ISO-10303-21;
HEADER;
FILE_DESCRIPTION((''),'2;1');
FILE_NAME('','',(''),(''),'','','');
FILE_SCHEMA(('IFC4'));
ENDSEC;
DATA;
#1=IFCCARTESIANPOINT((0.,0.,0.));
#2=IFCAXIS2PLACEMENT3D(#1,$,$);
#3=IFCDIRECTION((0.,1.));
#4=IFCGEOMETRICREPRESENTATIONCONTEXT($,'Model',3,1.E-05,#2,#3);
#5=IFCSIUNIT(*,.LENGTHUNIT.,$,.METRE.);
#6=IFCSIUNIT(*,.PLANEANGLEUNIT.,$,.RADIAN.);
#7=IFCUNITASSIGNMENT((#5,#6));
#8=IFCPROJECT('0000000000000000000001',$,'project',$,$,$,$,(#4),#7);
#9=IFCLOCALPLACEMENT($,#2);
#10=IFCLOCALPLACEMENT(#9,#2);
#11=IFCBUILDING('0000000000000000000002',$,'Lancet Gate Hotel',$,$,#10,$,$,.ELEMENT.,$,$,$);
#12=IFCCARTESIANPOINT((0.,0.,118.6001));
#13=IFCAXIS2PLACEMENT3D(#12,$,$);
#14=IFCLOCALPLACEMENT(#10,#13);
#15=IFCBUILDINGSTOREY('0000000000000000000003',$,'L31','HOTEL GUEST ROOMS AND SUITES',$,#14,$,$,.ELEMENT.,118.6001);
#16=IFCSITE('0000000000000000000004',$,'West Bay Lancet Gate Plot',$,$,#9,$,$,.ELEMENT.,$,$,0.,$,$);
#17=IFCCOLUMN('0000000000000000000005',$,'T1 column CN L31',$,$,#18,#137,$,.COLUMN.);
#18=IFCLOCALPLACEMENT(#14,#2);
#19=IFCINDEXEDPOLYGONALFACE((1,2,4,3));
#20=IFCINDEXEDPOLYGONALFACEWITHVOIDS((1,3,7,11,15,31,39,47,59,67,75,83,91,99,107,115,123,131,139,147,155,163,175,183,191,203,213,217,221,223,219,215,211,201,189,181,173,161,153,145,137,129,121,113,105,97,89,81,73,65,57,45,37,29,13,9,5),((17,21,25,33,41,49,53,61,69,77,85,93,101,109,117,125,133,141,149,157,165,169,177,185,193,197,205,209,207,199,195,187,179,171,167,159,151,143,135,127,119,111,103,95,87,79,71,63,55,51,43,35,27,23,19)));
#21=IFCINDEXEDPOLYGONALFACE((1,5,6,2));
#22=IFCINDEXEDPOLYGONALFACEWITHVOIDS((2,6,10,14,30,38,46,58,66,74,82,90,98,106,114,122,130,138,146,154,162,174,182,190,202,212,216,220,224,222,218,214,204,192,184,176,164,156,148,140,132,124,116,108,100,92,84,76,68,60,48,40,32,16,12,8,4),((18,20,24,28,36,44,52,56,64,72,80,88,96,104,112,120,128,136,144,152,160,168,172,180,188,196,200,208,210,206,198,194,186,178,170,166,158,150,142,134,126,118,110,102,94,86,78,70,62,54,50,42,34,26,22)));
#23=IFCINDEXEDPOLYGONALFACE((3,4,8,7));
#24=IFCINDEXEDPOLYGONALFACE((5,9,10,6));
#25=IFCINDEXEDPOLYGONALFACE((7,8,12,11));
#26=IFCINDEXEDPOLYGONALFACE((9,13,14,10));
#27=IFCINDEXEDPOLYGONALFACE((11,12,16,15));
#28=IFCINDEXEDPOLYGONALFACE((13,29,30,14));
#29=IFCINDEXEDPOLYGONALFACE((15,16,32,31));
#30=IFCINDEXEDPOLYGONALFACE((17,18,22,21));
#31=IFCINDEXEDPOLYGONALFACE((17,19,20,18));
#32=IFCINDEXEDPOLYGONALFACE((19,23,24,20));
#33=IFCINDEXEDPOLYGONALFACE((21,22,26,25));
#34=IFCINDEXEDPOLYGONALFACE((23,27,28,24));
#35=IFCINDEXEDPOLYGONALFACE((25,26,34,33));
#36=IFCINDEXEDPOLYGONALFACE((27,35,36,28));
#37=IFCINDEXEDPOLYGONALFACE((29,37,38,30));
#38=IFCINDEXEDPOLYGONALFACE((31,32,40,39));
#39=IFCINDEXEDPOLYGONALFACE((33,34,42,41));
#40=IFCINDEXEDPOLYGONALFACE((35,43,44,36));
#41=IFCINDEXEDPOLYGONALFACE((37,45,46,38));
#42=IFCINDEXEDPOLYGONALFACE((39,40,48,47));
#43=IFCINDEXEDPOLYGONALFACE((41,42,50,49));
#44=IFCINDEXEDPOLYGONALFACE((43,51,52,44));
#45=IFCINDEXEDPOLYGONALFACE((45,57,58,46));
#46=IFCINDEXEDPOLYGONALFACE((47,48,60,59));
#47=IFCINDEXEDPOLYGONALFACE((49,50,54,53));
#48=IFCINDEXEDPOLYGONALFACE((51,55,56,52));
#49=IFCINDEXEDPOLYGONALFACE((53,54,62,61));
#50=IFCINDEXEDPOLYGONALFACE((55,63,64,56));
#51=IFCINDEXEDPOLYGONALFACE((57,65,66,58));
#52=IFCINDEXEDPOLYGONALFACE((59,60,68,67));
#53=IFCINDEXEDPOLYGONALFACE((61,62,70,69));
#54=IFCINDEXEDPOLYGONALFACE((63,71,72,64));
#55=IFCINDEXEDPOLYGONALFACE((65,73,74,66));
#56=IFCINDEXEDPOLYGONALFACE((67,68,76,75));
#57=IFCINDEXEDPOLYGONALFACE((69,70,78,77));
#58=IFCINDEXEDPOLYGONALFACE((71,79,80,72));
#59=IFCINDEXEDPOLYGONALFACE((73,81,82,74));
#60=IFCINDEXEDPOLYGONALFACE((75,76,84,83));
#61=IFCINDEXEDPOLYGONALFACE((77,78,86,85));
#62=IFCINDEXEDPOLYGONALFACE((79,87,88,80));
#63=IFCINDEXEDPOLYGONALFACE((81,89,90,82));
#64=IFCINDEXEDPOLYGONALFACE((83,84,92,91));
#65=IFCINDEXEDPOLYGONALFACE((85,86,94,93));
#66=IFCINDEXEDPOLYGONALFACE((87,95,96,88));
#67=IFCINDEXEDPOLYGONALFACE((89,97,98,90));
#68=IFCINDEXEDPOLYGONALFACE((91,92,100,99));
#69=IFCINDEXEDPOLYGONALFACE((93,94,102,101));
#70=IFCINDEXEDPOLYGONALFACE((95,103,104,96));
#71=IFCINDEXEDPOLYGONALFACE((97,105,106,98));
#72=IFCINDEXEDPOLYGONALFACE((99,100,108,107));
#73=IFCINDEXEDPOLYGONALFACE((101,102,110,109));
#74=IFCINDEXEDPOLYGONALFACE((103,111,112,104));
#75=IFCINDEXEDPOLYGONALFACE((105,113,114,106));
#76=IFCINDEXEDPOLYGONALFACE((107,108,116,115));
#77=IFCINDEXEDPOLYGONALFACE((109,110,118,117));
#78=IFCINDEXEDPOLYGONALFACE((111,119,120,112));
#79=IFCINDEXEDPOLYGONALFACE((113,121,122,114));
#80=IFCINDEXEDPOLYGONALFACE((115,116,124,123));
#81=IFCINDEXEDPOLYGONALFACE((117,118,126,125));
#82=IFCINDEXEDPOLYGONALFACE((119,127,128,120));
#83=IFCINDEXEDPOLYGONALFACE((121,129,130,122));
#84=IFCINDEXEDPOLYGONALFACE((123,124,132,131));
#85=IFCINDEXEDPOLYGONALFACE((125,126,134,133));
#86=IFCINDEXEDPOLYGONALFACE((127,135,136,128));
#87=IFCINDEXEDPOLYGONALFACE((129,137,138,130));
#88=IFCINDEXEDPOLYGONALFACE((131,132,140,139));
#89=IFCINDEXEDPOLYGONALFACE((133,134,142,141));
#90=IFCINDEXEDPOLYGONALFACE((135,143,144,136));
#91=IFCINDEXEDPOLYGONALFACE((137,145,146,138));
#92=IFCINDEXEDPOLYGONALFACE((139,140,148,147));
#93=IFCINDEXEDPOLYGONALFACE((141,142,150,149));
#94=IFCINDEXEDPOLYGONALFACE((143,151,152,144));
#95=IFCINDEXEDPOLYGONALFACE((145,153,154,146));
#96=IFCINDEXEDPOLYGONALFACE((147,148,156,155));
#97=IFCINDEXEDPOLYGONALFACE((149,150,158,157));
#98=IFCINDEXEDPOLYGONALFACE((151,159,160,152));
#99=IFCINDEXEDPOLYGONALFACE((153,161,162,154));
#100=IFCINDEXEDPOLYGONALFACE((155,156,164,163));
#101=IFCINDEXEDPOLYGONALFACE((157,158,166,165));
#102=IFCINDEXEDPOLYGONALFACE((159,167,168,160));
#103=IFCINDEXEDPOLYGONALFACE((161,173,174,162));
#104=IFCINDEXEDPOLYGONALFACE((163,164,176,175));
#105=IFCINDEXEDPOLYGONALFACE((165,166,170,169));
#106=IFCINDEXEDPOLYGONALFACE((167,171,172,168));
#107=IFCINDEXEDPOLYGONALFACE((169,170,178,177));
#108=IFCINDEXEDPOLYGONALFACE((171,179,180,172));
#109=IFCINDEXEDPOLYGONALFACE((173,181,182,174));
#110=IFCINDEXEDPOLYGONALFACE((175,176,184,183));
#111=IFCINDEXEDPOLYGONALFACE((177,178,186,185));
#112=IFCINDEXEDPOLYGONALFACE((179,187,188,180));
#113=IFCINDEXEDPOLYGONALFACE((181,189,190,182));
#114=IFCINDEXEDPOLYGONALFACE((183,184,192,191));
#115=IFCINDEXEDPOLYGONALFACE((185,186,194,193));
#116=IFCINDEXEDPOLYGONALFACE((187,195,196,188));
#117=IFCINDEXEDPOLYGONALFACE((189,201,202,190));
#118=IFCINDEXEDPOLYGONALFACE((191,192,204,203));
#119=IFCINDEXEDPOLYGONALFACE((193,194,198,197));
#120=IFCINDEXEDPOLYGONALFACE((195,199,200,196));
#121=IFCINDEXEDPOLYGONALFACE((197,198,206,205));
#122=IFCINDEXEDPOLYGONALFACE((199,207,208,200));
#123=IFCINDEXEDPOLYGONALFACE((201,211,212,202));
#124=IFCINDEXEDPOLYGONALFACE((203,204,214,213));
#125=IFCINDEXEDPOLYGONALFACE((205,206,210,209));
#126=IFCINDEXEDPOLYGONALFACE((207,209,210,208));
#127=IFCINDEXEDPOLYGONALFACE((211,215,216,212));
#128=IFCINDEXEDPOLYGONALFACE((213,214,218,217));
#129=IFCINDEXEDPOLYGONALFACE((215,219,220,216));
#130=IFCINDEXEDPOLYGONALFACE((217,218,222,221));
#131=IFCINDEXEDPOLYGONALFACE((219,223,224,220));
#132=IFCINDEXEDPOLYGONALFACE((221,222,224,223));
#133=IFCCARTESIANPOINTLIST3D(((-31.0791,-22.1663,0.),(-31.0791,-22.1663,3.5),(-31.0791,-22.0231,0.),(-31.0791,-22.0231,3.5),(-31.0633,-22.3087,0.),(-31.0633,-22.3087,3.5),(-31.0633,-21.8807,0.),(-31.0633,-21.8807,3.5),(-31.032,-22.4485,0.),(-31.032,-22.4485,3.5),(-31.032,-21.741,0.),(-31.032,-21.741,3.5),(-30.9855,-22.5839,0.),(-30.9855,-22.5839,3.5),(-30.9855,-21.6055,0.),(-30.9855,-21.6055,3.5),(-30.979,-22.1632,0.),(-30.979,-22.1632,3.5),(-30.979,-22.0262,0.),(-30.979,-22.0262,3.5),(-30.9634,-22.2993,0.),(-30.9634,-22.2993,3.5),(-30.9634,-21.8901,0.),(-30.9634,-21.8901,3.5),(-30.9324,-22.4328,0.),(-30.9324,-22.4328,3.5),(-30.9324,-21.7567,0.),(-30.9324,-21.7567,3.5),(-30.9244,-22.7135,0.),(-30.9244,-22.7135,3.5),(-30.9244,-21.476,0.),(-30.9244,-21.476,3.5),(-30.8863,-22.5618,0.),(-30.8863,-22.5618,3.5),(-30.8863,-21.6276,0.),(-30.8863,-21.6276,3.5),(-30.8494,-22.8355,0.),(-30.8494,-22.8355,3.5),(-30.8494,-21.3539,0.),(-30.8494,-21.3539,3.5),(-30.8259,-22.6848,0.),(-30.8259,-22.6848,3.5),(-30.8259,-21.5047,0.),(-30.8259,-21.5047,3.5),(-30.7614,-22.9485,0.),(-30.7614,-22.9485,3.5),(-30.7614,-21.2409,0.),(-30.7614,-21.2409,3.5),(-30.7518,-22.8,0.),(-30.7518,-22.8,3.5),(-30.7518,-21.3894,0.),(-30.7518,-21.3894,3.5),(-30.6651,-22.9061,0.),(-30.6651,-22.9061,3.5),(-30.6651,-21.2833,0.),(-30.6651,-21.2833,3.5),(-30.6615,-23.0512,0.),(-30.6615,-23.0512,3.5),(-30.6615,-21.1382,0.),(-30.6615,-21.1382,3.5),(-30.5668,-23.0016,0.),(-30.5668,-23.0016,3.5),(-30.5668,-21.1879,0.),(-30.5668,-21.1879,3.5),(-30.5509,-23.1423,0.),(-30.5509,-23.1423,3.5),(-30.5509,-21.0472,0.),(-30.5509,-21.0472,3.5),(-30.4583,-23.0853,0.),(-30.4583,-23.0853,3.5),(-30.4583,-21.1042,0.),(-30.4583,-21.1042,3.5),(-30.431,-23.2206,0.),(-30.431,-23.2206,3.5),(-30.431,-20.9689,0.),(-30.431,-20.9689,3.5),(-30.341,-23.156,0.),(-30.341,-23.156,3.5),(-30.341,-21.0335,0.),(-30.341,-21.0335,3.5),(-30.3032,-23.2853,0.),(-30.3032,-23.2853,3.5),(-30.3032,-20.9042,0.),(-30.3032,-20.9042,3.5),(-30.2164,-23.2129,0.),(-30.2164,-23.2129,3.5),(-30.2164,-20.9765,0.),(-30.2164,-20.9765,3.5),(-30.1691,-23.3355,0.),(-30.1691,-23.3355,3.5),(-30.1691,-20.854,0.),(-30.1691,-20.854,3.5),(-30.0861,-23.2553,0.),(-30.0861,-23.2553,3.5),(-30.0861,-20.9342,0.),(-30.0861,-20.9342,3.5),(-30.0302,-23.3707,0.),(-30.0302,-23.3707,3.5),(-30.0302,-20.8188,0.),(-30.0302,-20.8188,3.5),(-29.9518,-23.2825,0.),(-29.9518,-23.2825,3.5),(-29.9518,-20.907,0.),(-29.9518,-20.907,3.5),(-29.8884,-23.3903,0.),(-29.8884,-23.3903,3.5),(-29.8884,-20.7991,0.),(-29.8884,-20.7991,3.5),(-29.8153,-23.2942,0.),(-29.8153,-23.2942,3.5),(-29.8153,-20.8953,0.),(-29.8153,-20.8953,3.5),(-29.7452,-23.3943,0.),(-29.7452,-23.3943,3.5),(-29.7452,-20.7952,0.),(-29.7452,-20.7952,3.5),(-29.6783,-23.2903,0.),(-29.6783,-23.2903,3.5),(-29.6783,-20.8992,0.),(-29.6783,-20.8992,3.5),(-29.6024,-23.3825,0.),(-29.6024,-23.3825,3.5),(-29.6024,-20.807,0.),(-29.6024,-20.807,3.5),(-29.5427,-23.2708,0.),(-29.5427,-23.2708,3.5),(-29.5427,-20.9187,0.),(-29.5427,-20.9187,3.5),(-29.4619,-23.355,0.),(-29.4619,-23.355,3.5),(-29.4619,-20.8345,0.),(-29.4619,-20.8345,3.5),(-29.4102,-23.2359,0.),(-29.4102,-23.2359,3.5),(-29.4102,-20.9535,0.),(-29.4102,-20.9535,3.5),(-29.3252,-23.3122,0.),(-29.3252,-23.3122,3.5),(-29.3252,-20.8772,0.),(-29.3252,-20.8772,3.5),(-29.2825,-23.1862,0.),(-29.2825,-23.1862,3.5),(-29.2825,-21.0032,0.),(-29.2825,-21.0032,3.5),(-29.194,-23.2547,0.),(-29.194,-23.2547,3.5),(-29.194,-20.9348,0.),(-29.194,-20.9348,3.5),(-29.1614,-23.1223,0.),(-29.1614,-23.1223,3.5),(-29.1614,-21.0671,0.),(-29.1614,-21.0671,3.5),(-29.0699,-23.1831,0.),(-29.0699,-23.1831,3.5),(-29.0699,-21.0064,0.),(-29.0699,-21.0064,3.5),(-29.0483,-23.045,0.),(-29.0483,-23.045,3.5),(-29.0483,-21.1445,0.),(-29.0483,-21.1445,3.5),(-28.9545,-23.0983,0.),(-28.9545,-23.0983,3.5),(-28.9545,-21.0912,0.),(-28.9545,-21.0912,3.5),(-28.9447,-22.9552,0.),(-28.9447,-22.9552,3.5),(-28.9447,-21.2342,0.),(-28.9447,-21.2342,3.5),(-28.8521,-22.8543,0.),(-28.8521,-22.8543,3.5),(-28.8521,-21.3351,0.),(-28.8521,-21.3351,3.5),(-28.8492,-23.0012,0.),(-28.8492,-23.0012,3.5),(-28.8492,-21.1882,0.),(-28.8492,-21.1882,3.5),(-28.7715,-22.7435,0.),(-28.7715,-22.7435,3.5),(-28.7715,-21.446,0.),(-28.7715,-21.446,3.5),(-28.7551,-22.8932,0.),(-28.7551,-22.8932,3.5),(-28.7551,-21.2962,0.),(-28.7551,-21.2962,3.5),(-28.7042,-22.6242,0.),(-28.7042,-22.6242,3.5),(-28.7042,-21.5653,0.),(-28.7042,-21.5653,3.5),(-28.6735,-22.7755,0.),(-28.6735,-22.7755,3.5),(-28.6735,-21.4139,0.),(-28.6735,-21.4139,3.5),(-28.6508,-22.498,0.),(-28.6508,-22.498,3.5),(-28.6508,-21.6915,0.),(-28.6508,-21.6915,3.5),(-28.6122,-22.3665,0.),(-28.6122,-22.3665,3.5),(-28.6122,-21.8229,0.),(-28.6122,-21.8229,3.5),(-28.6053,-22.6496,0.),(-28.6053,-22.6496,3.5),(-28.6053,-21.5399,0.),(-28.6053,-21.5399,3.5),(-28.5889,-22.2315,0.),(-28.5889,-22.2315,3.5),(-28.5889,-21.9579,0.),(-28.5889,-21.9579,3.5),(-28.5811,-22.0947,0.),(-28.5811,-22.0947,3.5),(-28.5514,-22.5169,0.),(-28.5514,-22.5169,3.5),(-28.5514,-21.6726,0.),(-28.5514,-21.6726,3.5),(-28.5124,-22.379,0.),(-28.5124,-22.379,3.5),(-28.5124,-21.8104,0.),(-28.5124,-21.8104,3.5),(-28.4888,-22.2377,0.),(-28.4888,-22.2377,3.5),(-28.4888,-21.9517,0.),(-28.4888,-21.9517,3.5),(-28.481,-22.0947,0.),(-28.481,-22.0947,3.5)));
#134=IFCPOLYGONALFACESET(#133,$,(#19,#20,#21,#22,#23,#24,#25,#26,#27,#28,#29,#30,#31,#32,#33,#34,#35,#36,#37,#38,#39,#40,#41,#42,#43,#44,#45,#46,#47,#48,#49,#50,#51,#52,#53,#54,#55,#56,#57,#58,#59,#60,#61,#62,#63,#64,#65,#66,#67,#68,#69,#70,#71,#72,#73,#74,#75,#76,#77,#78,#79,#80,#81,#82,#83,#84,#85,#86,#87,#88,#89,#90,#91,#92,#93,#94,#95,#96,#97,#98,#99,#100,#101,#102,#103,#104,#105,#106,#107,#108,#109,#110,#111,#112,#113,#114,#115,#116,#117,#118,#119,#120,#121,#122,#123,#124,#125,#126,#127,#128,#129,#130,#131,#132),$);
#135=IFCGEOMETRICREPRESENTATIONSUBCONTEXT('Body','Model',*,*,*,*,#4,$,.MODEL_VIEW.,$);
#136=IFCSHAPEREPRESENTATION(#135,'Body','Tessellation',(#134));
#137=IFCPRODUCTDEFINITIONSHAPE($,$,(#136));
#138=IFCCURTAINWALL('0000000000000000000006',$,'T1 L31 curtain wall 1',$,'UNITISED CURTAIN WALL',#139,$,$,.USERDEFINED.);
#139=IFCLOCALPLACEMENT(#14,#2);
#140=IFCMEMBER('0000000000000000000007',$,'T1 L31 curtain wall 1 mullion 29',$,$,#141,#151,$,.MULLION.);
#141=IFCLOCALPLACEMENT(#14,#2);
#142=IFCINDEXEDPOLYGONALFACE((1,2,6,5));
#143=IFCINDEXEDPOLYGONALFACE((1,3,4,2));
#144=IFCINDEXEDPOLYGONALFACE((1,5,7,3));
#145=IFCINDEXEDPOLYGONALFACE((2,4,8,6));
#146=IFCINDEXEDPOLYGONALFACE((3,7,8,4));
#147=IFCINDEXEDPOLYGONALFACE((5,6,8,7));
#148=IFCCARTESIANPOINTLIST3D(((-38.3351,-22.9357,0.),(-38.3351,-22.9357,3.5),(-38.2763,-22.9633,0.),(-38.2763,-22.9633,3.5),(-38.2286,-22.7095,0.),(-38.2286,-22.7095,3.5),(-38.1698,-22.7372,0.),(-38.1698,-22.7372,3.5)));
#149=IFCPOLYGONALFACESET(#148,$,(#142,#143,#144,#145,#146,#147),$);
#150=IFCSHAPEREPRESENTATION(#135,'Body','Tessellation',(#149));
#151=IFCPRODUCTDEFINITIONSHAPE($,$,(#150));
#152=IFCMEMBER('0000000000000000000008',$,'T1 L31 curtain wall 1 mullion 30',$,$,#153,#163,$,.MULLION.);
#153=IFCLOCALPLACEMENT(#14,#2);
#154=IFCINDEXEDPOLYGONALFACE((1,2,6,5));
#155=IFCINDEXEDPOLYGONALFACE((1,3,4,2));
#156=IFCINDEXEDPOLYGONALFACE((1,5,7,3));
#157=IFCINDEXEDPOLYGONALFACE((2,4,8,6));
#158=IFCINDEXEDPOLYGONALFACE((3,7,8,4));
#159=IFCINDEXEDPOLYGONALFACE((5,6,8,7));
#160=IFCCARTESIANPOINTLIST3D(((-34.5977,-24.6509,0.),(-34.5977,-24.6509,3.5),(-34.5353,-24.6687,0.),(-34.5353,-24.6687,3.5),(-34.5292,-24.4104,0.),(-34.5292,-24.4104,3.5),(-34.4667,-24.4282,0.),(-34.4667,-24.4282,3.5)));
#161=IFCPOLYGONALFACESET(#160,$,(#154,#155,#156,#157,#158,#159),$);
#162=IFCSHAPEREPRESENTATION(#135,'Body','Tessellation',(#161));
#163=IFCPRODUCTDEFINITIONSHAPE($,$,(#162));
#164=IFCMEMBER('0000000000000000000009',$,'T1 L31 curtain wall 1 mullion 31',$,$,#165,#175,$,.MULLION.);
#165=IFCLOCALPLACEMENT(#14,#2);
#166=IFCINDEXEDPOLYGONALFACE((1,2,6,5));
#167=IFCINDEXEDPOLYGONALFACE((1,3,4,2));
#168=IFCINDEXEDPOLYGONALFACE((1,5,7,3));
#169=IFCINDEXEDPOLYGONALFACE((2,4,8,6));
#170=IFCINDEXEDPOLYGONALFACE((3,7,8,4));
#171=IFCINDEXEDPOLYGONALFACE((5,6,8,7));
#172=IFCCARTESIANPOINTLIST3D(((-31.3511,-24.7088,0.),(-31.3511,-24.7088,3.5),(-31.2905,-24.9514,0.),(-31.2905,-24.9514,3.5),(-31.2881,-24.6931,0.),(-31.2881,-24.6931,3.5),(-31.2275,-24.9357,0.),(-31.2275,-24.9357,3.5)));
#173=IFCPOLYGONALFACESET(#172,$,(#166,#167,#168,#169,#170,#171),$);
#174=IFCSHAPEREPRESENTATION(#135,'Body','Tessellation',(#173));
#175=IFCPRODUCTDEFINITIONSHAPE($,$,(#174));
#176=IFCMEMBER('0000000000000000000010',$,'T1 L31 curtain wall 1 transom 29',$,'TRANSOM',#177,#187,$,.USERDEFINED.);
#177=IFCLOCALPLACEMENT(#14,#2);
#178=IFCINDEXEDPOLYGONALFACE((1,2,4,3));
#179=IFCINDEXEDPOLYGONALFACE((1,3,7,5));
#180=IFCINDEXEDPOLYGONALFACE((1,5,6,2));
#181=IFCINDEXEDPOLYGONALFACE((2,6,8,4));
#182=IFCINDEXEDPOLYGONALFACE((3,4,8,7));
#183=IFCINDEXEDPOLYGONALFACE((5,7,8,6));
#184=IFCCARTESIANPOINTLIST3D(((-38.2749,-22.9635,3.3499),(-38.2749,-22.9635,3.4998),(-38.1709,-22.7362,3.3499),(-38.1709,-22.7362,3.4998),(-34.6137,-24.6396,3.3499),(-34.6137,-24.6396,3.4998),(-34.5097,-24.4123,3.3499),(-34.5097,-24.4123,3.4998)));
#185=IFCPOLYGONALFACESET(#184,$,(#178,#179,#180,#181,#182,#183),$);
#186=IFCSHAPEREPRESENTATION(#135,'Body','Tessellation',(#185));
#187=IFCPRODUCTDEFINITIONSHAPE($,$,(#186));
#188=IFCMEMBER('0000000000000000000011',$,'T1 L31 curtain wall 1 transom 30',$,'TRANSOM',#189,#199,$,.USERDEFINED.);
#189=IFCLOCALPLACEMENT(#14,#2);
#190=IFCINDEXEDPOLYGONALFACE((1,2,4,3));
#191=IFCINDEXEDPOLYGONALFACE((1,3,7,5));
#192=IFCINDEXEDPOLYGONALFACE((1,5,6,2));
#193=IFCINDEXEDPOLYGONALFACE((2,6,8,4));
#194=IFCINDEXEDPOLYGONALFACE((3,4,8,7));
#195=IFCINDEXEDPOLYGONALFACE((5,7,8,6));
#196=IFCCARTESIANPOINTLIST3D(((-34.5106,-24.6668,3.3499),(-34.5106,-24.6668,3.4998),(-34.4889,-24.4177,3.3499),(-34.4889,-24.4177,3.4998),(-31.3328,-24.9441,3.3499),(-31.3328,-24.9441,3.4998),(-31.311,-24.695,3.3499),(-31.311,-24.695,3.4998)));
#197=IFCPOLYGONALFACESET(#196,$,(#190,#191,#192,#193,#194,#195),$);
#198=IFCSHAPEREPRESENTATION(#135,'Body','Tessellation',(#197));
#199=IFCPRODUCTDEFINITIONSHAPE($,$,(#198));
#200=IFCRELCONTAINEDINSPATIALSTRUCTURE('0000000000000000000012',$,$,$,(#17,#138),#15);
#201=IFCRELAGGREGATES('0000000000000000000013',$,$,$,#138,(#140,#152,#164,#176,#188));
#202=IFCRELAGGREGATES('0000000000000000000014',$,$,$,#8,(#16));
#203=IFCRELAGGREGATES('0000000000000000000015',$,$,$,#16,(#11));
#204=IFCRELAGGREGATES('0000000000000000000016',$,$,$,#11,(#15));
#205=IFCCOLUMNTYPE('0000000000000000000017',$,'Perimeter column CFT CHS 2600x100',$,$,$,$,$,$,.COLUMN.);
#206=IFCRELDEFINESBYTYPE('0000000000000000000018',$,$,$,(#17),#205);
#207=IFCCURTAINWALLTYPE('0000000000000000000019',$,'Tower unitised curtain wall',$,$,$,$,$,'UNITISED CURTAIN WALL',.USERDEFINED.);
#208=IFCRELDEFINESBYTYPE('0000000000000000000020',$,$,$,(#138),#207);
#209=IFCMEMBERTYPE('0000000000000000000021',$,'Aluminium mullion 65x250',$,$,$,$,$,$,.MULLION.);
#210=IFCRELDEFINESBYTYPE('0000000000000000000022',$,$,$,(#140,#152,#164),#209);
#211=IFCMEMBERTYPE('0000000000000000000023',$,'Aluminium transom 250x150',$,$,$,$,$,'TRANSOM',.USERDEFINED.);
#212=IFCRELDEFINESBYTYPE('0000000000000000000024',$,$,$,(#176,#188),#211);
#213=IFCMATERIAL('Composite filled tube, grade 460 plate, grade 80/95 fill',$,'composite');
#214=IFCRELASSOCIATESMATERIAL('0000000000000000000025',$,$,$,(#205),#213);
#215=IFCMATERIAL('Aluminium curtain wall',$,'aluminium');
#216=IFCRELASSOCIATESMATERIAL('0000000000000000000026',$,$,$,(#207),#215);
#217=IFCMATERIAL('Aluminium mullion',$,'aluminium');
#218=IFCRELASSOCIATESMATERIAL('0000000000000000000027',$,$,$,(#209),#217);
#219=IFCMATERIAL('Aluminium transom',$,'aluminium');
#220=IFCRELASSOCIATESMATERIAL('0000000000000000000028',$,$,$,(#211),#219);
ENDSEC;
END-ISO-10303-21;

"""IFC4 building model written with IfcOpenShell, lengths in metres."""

from ifc_helpers import new_model, si_unit, direction, frame, origin, origin_2d, place, context, subcontext, project, spatial, rectangle, hollow_circle, extrude, material, material_profile, profile_set, type_object, element, aggregate, save


model = new_model("IFC4")

# Units and contexts
model_context = context("Model", 3, precision=1e-05, world=origin(), true_north=direction((0.0, 1.0)))
body_context = subcontext(model_context, "Body", "Model", "MODEL_VIEW")
ifc_project = project(units=[si_unit("LENGTHUNIT", "METRE"), si_unit("PLANEANGLEUNIT", "RADIAN")], contexts=[model_context])

# Site, building, storey
site_placement = place(None, origin())
site = spatial("IfcSite", under=ifc_project, at=site_placement, Name="West Bay Lancet Gate Plot", CompositionType="ELEMENT", RefElevation=0.0)
building_placement = place(site_placement, origin())
building = spatial("IfcBuilding", under=site, at=building_placement, Name="Lancet Gate Hotel", CompositionType="ELEMENT")
storey_placement = place(building_placement, frame((0.0, 0.0, 118.6001)))
storey = spatial("IfcBuildingStorey", under=building, at=storey_placement, Name="L31", Description="HOTEL GUEST ROOMS AND SUITES", CompositionType="ELEMENT", Elevation=118.6001)

# Column
ifc_material_1 = material(Name="Composite filled tube, grade 460 plate, grade 80/95 fill", Category="composite")
ifc_material_profile_1 = material_profile(ifc_material_1, hollow_circle(Radius=1.3, WallThickness=0.1001, at=origin_2d()), Name="CHS 2600x100")
ifc_profile_set_1 = profile_set([ifc_material_profile_1], Name="Composite filled tube, grade 460 plate, grade 80/95 fill")
column_type = type_object("IfcColumnType", Name="Perimeter column CFT CHS 2600x100", PredefinedType="COLUMN", material=ifc_profile_set_1)
column_placement = place(storey_placement, frame((-29.781, -22.0947, 0.0), z_axis=(0.0, 0.0, 1.0), x_axis=(1.0, 0.0, 0.0)))
element("IfcColumn", 1, at=column_placement, inside=storey, type_object=column_type, Name="T1 column CN L31", PredefinedType="COLUMN", context=body_context, shape_type="SweptSolid", body=[
    extrude(hollow_circle(Radius=1.3, WallThickness=0.1001, at=origin_2d()), origin(), (0.0, 0.0, 1.0), 3.5),
])

# Curtain wall, members
ifc_material_2 = material(Name="Aluminium curtain wall", Category="aluminium")
curtain_wall_type = type_object("IfcCurtainWallType", Name="Tower unitised curtain wall", ElementType="UNITISED CURTAIN WALL", PredefinedType="USERDEFINED", material=ifc_material_2)
curtain_wall_placement = place(storey_placement, origin())
curtain_wall = element("IfcCurtainWall", 2, at=curtain_wall_placement, inside=storey, type_object=curtain_wall_type, Name="T1 L31 curtain wall 1", ObjectType="UNITISED CURTAIN WALL", PredefinedType="USERDEFINED")
ifc_material_3 = material(Name="Aluminium mullion", Category="aluminium")
ifc_material_profile_2 = material_profile(ifc_material_3, rectangle(XDim=0.0649, YDim=0.25, at=origin_2d()), Name="MULLION 65x250")
ifc_profile_set_2 = profile_set([ifc_material_profile_2], Name="Aluminium mullion")
member_type_1 = type_object("IfcMemberType", Name="Aluminium mullion 65x250", PredefinedType="MULLION", material=ifc_profile_set_2)
member_1_placement = place(storey_placement, frame((-38.2524, -22.8364, 0.0), z_axis=(0.0, 0.0, 1.0), x_axis=(0.90472, -0.426008, 0.0)))
member_1 = element("IfcMember", 3, at=member_1_placement, type_object=member_type_1, Name="T1 L31 curtain wall 1 mullion 29", PredefinedType="MULLION", context=body_context, shape_type="SweptSolid", body=[
    extrude(rectangle(XDim=0.0649, YDim=0.25, at=origin_2d()), origin(), (0.0, 0.0, 1.0), 3.5),
])
member_2_placement = place(storey_placement, frame((-34.5322, -24.5396, 0.0), z_axis=(0.0, 0.0, 1.0), x_axis=(0.961653, -0.274268, 0.0)))
member_2 = element("IfcMember", 4, at=member_2_placement, type_object=member_type_1, Name="T1 L31 curtain wall 1 mullion 30", PredefinedType="MULLION", context=body_context, shape_type="SweptSolid", body=[
    extrude(rectangle(XDim=0.0649, YDim=0.25, at=origin_2d()), origin(), (0.0, 0.0, 1.0), 3.5),
])
member_3_placement = place(storey_placement, frame((-31.2893, -24.8223, 0.0), z_axis=(0.0, 0.0, 1.0), x_axis=(0.970242, 0.242137, 0.0)))
member_3 = element("IfcMember", 5, at=member_3_placement, type_object=member_type_1, Name="T1 L31 curtain wall 1 mullion 31", PredefinedType="MULLION", context=body_context, shape_type="SweptSolid", body=[
    extrude(rectangle(XDim=0.0649, YDim=0.25, at=origin_2d()), origin(), (0.0, 0.0, 1.0), 3.5),
])
ifc_material_4 = material(Name="Aluminium transom", Category="aluminium")
ifc_material_profile_3 = material_profile(ifc_material_4, rectangle(XDim=0.25, YDim=0.1499, at=origin_2d()), Name="TRANSOM 250x150")
ifc_profile_set_3 = profile_set([ifc_material_profile_3], Name="Aluminium transom")
member_type_2 = type_object("IfcMemberType", Name="Aluminium transom 250x150", ElementType="TRANSOM", PredefinedType="USERDEFINED", material=ifc_profile_set_3)
member_4_placement = place(storey_placement, frame((-38.2229, -22.8499, 3.4248), z_axis=(0.909252, -0.416245, 0.0), x_axis=(0.416245, 0.909252, 0.0)))
member_4 = element("IfcMember", 6, at=member_4_placement, type_object=member_type_2, Name="T1 L31 curtain wall 1 transom 29", ObjectType="TRANSOM", PredefinedType="USERDEFINED", context=body_context, shape_type="SweptSolid", body=[
    extrude(rectangle(XDim=0.25, YDim=0.1499, at=origin_2d()), origin(), (0.0, 0.0, 1.0), 4.0266),
])
member_5_placement = place(storey_placement, frame((-34.4998, -24.5422, 3.4248), z_axis=(0.996214, -0.08694, 0.0), x_axis=(0.08694, 0.996214, 0.0)))
member_5 = element("IfcMember", 7, at=member_5_placement, type_object=member_type_2, Name="T1 L31 curtain wall 1 transom 30", ObjectType="TRANSOM", PredefinedType="USERDEFINED", context=body_context, shape_type="SweptSolid", body=[
    extrude(rectangle(XDim=0.25, YDim=0.1499, at=origin_2d()), origin(), (0.0, 0.0, 1.0), 3.1899),
])

aggregate(curtain_wall, [member_1, member_2, member_3, member_4, member_5])

save(model, "model.ifc")
